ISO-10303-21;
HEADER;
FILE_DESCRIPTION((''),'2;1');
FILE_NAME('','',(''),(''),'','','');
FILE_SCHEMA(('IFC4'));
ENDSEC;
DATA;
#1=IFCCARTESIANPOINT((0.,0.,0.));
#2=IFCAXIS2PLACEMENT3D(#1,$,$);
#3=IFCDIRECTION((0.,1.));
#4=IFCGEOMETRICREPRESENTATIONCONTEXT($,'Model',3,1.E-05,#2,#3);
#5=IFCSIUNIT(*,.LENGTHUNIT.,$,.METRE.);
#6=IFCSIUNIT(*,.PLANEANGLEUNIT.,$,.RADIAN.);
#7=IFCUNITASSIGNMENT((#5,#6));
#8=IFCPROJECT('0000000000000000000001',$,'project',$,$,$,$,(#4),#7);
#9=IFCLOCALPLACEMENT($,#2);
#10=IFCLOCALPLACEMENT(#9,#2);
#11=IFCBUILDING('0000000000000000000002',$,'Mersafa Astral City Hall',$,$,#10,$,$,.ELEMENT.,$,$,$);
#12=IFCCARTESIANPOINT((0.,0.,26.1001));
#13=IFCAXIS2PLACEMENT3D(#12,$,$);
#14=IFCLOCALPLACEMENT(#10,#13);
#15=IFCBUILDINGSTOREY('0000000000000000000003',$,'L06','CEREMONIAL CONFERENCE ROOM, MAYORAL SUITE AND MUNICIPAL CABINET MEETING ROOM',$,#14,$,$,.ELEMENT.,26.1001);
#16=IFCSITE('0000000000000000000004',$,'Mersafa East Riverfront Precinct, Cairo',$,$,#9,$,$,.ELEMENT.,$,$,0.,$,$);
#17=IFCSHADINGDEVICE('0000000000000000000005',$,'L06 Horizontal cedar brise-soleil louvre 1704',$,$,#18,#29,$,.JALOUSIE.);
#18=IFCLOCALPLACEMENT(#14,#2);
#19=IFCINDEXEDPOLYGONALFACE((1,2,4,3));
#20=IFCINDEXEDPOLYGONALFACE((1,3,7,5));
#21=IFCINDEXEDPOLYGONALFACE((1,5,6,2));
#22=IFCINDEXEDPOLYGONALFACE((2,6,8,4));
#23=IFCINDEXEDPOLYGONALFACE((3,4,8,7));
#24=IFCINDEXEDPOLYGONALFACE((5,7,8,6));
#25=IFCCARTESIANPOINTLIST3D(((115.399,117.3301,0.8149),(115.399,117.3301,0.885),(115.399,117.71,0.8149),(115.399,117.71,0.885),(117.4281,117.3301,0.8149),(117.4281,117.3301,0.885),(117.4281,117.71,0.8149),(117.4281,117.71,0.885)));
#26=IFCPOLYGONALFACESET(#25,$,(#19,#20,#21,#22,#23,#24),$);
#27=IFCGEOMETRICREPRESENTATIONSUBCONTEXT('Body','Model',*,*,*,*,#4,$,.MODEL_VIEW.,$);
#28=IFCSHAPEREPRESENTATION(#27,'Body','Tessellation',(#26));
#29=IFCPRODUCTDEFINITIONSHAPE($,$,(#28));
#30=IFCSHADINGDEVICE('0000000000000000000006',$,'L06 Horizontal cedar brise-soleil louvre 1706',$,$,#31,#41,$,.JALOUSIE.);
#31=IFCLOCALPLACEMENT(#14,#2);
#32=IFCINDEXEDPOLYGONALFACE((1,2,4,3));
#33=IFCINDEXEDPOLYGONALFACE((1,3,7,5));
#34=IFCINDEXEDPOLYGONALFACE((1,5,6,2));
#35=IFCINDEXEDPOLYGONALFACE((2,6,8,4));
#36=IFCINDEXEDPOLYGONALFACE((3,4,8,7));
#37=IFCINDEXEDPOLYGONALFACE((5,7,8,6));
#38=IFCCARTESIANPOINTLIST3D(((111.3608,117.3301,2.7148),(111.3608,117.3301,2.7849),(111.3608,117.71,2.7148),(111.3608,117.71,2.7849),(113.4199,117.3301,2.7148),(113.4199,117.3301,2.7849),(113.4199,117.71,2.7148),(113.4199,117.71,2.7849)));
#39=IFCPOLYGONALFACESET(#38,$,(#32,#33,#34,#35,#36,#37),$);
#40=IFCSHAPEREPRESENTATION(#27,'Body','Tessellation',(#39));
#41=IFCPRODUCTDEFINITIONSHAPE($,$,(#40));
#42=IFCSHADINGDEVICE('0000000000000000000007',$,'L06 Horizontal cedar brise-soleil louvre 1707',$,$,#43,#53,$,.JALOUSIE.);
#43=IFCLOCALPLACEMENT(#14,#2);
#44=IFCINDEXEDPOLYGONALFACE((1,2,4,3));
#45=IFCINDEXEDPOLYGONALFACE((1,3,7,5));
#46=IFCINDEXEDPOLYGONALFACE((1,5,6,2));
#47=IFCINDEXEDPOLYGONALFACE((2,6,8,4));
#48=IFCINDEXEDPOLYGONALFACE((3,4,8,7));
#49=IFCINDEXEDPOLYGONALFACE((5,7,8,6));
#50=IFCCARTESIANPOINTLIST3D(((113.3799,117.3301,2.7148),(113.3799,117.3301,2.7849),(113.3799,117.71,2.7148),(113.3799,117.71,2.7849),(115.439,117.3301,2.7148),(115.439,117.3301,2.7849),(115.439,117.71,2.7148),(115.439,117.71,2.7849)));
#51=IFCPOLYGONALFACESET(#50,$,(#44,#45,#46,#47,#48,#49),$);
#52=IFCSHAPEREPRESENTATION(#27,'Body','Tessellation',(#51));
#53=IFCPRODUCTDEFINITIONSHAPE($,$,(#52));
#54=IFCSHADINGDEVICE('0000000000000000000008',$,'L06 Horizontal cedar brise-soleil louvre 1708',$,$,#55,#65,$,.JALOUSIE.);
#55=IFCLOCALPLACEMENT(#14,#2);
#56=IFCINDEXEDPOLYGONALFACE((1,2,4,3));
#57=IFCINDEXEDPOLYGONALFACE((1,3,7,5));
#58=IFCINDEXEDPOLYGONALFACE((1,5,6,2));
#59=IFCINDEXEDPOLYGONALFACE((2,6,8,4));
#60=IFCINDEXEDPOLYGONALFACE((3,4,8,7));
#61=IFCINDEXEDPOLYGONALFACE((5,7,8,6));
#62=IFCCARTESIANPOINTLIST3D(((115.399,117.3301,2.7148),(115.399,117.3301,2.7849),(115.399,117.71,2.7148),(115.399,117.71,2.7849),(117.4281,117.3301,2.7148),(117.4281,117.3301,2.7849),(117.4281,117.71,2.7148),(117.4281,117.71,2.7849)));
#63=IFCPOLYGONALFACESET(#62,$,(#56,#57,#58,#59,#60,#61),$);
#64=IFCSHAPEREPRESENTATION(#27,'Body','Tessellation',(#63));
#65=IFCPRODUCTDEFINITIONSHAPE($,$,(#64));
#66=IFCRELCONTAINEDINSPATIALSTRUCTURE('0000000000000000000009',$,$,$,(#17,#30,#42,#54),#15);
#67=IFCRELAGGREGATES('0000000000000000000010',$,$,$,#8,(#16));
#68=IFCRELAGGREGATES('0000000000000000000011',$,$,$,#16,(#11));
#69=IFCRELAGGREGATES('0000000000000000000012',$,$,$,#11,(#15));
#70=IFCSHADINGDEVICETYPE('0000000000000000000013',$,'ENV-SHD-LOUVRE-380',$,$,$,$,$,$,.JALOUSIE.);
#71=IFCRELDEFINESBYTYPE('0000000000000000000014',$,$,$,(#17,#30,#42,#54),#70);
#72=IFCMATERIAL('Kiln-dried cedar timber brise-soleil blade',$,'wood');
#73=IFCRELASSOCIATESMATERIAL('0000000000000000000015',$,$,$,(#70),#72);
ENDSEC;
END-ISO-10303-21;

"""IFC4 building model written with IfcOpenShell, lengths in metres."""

from ifc_helpers import new_model, si_unit, direction, frame, origin, origin_2d, place, context, subcontext, project, spatial, rectangle, extrude, material, type_object, element, save


model = new_model("IFC4")

# Units and contexts
model_context = context("Model", 3, precision=1e-05, world=origin(), true_north=direction((0.0, 1.0)))
body_context = subcontext(model_context, "Body", "Model", "MODEL_VIEW")
ifc_project = project(units=[si_unit("LENGTHUNIT", "METRE"), si_unit("PLANEANGLEUNIT", "RADIAN")], contexts=[model_context])

# Site, building, storey
site_placement = place(None, origin())
site = spatial("IfcSite", under=ifc_project, at=site_placement, Name="Mersafa East Riverfront Precinct, Cairo", CompositionType="ELEMENT", RefElevation=0.0)
building_placement = place(site_placement, origin())
building = spatial("IfcBuilding", under=site, at=building_placement, Name="Mersafa Astral City Hall", CompositionType="ELEMENT")
storey_placement = place(building_placement, frame((0.0, 0.0, 26.1001)))
storey = spatial("IfcBuildingStorey", under=building, at=storey_placement, Name="L06", Description="CEREMONIAL CONFERENCE ROOM, MAYORAL SUITE AND MUNICIPAL CABINET MEETING ROOM", CompositionType="ELEMENT", Elevation=26.1001)

# Shading devices
ifc_material_1 = material(Name="Kiln-dried cedar timber brise-soleil blade", Category="wood")
shading_device_type = type_object("IfcShadingDeviceType", Name="ENV-SHD-LOUVRE-380", PredefinedType="JALOUSIE", material=ifc_material_1)
shading_device_1_placement = place(storey_placement, frame((116.4136, 117.52, 0.8149), z_axis=(0.0, 0.0, 1.0), x_axis=(1.0, 0.0, 0.0)))
element("IfcShadingDevice", 1, at=shading_device_1_placement, inside=storey, type_object=shading_device_type, Name="L06 Horizontal cedar brise-soleil louvre 1704", PredefinedType="JALOUSIE", context=body_context, shape_type="SweptSolid", body=[
    extrude(rectangle(XDim=2.0291, YDim=0.3799, at=origin_2d()), origin(), (0.0, 0.0, 1.0), 0.0701),
])
for number, where, z_axis, x_axis, name in (
    (2, (112.3904, 117.52, 2.7148), (0.0, 0.0, 1.0), (1.0, 0.0, 0.0), "L06 Horizontal cedar brise-soleil louvre 1706"),
    (3, (114.4094, 117.52, 2.7148), (0.0, 0.0, 1.0), (1.0, 0.0, 0.0), "L06 Horizontal cedar brise-soleil louvre 1707"),
):
    element("IfcShadingDevice", number, at=place(storey_placement, frame(where, z_axis=z_axis, x_axis=x_axis)), inside=storey, type_object=shading_device_type, Name=name, PredefinedType="JALOUSIE", context=body_context, shape_type="SweptSolid", body=[
        extrude(rectangle(XDim=2.0591, YDim=0.3799, at=origin_2d()), origin(), (0.0, 0.0, 1.0), 0.0701),
    ])
shading_device_2_placement = place(storey_placement, frame((116.4136, 117.52, 2.7148), z_axis=(0.0, 0.0, 1.0), x_axis=(1.0, 0.0, 0.0)))
element("IfcShadingDevice", 4, at=shading_device_2_placement, inside=storey, type_object=shading_device_type, Name="L06 Horizontal cedar brise-soleil louvre 1708", PredefinedType="JALOUSIE", context=body_context, shape_type="SweptSolid", body=[
    extrude(rectangle(XDim=2.0291, YDim=0.3799, at=origin_2d()), origin(), (0.0, 0.0, 1.0), 0.0701),
])

save(model, "model.ifc")
